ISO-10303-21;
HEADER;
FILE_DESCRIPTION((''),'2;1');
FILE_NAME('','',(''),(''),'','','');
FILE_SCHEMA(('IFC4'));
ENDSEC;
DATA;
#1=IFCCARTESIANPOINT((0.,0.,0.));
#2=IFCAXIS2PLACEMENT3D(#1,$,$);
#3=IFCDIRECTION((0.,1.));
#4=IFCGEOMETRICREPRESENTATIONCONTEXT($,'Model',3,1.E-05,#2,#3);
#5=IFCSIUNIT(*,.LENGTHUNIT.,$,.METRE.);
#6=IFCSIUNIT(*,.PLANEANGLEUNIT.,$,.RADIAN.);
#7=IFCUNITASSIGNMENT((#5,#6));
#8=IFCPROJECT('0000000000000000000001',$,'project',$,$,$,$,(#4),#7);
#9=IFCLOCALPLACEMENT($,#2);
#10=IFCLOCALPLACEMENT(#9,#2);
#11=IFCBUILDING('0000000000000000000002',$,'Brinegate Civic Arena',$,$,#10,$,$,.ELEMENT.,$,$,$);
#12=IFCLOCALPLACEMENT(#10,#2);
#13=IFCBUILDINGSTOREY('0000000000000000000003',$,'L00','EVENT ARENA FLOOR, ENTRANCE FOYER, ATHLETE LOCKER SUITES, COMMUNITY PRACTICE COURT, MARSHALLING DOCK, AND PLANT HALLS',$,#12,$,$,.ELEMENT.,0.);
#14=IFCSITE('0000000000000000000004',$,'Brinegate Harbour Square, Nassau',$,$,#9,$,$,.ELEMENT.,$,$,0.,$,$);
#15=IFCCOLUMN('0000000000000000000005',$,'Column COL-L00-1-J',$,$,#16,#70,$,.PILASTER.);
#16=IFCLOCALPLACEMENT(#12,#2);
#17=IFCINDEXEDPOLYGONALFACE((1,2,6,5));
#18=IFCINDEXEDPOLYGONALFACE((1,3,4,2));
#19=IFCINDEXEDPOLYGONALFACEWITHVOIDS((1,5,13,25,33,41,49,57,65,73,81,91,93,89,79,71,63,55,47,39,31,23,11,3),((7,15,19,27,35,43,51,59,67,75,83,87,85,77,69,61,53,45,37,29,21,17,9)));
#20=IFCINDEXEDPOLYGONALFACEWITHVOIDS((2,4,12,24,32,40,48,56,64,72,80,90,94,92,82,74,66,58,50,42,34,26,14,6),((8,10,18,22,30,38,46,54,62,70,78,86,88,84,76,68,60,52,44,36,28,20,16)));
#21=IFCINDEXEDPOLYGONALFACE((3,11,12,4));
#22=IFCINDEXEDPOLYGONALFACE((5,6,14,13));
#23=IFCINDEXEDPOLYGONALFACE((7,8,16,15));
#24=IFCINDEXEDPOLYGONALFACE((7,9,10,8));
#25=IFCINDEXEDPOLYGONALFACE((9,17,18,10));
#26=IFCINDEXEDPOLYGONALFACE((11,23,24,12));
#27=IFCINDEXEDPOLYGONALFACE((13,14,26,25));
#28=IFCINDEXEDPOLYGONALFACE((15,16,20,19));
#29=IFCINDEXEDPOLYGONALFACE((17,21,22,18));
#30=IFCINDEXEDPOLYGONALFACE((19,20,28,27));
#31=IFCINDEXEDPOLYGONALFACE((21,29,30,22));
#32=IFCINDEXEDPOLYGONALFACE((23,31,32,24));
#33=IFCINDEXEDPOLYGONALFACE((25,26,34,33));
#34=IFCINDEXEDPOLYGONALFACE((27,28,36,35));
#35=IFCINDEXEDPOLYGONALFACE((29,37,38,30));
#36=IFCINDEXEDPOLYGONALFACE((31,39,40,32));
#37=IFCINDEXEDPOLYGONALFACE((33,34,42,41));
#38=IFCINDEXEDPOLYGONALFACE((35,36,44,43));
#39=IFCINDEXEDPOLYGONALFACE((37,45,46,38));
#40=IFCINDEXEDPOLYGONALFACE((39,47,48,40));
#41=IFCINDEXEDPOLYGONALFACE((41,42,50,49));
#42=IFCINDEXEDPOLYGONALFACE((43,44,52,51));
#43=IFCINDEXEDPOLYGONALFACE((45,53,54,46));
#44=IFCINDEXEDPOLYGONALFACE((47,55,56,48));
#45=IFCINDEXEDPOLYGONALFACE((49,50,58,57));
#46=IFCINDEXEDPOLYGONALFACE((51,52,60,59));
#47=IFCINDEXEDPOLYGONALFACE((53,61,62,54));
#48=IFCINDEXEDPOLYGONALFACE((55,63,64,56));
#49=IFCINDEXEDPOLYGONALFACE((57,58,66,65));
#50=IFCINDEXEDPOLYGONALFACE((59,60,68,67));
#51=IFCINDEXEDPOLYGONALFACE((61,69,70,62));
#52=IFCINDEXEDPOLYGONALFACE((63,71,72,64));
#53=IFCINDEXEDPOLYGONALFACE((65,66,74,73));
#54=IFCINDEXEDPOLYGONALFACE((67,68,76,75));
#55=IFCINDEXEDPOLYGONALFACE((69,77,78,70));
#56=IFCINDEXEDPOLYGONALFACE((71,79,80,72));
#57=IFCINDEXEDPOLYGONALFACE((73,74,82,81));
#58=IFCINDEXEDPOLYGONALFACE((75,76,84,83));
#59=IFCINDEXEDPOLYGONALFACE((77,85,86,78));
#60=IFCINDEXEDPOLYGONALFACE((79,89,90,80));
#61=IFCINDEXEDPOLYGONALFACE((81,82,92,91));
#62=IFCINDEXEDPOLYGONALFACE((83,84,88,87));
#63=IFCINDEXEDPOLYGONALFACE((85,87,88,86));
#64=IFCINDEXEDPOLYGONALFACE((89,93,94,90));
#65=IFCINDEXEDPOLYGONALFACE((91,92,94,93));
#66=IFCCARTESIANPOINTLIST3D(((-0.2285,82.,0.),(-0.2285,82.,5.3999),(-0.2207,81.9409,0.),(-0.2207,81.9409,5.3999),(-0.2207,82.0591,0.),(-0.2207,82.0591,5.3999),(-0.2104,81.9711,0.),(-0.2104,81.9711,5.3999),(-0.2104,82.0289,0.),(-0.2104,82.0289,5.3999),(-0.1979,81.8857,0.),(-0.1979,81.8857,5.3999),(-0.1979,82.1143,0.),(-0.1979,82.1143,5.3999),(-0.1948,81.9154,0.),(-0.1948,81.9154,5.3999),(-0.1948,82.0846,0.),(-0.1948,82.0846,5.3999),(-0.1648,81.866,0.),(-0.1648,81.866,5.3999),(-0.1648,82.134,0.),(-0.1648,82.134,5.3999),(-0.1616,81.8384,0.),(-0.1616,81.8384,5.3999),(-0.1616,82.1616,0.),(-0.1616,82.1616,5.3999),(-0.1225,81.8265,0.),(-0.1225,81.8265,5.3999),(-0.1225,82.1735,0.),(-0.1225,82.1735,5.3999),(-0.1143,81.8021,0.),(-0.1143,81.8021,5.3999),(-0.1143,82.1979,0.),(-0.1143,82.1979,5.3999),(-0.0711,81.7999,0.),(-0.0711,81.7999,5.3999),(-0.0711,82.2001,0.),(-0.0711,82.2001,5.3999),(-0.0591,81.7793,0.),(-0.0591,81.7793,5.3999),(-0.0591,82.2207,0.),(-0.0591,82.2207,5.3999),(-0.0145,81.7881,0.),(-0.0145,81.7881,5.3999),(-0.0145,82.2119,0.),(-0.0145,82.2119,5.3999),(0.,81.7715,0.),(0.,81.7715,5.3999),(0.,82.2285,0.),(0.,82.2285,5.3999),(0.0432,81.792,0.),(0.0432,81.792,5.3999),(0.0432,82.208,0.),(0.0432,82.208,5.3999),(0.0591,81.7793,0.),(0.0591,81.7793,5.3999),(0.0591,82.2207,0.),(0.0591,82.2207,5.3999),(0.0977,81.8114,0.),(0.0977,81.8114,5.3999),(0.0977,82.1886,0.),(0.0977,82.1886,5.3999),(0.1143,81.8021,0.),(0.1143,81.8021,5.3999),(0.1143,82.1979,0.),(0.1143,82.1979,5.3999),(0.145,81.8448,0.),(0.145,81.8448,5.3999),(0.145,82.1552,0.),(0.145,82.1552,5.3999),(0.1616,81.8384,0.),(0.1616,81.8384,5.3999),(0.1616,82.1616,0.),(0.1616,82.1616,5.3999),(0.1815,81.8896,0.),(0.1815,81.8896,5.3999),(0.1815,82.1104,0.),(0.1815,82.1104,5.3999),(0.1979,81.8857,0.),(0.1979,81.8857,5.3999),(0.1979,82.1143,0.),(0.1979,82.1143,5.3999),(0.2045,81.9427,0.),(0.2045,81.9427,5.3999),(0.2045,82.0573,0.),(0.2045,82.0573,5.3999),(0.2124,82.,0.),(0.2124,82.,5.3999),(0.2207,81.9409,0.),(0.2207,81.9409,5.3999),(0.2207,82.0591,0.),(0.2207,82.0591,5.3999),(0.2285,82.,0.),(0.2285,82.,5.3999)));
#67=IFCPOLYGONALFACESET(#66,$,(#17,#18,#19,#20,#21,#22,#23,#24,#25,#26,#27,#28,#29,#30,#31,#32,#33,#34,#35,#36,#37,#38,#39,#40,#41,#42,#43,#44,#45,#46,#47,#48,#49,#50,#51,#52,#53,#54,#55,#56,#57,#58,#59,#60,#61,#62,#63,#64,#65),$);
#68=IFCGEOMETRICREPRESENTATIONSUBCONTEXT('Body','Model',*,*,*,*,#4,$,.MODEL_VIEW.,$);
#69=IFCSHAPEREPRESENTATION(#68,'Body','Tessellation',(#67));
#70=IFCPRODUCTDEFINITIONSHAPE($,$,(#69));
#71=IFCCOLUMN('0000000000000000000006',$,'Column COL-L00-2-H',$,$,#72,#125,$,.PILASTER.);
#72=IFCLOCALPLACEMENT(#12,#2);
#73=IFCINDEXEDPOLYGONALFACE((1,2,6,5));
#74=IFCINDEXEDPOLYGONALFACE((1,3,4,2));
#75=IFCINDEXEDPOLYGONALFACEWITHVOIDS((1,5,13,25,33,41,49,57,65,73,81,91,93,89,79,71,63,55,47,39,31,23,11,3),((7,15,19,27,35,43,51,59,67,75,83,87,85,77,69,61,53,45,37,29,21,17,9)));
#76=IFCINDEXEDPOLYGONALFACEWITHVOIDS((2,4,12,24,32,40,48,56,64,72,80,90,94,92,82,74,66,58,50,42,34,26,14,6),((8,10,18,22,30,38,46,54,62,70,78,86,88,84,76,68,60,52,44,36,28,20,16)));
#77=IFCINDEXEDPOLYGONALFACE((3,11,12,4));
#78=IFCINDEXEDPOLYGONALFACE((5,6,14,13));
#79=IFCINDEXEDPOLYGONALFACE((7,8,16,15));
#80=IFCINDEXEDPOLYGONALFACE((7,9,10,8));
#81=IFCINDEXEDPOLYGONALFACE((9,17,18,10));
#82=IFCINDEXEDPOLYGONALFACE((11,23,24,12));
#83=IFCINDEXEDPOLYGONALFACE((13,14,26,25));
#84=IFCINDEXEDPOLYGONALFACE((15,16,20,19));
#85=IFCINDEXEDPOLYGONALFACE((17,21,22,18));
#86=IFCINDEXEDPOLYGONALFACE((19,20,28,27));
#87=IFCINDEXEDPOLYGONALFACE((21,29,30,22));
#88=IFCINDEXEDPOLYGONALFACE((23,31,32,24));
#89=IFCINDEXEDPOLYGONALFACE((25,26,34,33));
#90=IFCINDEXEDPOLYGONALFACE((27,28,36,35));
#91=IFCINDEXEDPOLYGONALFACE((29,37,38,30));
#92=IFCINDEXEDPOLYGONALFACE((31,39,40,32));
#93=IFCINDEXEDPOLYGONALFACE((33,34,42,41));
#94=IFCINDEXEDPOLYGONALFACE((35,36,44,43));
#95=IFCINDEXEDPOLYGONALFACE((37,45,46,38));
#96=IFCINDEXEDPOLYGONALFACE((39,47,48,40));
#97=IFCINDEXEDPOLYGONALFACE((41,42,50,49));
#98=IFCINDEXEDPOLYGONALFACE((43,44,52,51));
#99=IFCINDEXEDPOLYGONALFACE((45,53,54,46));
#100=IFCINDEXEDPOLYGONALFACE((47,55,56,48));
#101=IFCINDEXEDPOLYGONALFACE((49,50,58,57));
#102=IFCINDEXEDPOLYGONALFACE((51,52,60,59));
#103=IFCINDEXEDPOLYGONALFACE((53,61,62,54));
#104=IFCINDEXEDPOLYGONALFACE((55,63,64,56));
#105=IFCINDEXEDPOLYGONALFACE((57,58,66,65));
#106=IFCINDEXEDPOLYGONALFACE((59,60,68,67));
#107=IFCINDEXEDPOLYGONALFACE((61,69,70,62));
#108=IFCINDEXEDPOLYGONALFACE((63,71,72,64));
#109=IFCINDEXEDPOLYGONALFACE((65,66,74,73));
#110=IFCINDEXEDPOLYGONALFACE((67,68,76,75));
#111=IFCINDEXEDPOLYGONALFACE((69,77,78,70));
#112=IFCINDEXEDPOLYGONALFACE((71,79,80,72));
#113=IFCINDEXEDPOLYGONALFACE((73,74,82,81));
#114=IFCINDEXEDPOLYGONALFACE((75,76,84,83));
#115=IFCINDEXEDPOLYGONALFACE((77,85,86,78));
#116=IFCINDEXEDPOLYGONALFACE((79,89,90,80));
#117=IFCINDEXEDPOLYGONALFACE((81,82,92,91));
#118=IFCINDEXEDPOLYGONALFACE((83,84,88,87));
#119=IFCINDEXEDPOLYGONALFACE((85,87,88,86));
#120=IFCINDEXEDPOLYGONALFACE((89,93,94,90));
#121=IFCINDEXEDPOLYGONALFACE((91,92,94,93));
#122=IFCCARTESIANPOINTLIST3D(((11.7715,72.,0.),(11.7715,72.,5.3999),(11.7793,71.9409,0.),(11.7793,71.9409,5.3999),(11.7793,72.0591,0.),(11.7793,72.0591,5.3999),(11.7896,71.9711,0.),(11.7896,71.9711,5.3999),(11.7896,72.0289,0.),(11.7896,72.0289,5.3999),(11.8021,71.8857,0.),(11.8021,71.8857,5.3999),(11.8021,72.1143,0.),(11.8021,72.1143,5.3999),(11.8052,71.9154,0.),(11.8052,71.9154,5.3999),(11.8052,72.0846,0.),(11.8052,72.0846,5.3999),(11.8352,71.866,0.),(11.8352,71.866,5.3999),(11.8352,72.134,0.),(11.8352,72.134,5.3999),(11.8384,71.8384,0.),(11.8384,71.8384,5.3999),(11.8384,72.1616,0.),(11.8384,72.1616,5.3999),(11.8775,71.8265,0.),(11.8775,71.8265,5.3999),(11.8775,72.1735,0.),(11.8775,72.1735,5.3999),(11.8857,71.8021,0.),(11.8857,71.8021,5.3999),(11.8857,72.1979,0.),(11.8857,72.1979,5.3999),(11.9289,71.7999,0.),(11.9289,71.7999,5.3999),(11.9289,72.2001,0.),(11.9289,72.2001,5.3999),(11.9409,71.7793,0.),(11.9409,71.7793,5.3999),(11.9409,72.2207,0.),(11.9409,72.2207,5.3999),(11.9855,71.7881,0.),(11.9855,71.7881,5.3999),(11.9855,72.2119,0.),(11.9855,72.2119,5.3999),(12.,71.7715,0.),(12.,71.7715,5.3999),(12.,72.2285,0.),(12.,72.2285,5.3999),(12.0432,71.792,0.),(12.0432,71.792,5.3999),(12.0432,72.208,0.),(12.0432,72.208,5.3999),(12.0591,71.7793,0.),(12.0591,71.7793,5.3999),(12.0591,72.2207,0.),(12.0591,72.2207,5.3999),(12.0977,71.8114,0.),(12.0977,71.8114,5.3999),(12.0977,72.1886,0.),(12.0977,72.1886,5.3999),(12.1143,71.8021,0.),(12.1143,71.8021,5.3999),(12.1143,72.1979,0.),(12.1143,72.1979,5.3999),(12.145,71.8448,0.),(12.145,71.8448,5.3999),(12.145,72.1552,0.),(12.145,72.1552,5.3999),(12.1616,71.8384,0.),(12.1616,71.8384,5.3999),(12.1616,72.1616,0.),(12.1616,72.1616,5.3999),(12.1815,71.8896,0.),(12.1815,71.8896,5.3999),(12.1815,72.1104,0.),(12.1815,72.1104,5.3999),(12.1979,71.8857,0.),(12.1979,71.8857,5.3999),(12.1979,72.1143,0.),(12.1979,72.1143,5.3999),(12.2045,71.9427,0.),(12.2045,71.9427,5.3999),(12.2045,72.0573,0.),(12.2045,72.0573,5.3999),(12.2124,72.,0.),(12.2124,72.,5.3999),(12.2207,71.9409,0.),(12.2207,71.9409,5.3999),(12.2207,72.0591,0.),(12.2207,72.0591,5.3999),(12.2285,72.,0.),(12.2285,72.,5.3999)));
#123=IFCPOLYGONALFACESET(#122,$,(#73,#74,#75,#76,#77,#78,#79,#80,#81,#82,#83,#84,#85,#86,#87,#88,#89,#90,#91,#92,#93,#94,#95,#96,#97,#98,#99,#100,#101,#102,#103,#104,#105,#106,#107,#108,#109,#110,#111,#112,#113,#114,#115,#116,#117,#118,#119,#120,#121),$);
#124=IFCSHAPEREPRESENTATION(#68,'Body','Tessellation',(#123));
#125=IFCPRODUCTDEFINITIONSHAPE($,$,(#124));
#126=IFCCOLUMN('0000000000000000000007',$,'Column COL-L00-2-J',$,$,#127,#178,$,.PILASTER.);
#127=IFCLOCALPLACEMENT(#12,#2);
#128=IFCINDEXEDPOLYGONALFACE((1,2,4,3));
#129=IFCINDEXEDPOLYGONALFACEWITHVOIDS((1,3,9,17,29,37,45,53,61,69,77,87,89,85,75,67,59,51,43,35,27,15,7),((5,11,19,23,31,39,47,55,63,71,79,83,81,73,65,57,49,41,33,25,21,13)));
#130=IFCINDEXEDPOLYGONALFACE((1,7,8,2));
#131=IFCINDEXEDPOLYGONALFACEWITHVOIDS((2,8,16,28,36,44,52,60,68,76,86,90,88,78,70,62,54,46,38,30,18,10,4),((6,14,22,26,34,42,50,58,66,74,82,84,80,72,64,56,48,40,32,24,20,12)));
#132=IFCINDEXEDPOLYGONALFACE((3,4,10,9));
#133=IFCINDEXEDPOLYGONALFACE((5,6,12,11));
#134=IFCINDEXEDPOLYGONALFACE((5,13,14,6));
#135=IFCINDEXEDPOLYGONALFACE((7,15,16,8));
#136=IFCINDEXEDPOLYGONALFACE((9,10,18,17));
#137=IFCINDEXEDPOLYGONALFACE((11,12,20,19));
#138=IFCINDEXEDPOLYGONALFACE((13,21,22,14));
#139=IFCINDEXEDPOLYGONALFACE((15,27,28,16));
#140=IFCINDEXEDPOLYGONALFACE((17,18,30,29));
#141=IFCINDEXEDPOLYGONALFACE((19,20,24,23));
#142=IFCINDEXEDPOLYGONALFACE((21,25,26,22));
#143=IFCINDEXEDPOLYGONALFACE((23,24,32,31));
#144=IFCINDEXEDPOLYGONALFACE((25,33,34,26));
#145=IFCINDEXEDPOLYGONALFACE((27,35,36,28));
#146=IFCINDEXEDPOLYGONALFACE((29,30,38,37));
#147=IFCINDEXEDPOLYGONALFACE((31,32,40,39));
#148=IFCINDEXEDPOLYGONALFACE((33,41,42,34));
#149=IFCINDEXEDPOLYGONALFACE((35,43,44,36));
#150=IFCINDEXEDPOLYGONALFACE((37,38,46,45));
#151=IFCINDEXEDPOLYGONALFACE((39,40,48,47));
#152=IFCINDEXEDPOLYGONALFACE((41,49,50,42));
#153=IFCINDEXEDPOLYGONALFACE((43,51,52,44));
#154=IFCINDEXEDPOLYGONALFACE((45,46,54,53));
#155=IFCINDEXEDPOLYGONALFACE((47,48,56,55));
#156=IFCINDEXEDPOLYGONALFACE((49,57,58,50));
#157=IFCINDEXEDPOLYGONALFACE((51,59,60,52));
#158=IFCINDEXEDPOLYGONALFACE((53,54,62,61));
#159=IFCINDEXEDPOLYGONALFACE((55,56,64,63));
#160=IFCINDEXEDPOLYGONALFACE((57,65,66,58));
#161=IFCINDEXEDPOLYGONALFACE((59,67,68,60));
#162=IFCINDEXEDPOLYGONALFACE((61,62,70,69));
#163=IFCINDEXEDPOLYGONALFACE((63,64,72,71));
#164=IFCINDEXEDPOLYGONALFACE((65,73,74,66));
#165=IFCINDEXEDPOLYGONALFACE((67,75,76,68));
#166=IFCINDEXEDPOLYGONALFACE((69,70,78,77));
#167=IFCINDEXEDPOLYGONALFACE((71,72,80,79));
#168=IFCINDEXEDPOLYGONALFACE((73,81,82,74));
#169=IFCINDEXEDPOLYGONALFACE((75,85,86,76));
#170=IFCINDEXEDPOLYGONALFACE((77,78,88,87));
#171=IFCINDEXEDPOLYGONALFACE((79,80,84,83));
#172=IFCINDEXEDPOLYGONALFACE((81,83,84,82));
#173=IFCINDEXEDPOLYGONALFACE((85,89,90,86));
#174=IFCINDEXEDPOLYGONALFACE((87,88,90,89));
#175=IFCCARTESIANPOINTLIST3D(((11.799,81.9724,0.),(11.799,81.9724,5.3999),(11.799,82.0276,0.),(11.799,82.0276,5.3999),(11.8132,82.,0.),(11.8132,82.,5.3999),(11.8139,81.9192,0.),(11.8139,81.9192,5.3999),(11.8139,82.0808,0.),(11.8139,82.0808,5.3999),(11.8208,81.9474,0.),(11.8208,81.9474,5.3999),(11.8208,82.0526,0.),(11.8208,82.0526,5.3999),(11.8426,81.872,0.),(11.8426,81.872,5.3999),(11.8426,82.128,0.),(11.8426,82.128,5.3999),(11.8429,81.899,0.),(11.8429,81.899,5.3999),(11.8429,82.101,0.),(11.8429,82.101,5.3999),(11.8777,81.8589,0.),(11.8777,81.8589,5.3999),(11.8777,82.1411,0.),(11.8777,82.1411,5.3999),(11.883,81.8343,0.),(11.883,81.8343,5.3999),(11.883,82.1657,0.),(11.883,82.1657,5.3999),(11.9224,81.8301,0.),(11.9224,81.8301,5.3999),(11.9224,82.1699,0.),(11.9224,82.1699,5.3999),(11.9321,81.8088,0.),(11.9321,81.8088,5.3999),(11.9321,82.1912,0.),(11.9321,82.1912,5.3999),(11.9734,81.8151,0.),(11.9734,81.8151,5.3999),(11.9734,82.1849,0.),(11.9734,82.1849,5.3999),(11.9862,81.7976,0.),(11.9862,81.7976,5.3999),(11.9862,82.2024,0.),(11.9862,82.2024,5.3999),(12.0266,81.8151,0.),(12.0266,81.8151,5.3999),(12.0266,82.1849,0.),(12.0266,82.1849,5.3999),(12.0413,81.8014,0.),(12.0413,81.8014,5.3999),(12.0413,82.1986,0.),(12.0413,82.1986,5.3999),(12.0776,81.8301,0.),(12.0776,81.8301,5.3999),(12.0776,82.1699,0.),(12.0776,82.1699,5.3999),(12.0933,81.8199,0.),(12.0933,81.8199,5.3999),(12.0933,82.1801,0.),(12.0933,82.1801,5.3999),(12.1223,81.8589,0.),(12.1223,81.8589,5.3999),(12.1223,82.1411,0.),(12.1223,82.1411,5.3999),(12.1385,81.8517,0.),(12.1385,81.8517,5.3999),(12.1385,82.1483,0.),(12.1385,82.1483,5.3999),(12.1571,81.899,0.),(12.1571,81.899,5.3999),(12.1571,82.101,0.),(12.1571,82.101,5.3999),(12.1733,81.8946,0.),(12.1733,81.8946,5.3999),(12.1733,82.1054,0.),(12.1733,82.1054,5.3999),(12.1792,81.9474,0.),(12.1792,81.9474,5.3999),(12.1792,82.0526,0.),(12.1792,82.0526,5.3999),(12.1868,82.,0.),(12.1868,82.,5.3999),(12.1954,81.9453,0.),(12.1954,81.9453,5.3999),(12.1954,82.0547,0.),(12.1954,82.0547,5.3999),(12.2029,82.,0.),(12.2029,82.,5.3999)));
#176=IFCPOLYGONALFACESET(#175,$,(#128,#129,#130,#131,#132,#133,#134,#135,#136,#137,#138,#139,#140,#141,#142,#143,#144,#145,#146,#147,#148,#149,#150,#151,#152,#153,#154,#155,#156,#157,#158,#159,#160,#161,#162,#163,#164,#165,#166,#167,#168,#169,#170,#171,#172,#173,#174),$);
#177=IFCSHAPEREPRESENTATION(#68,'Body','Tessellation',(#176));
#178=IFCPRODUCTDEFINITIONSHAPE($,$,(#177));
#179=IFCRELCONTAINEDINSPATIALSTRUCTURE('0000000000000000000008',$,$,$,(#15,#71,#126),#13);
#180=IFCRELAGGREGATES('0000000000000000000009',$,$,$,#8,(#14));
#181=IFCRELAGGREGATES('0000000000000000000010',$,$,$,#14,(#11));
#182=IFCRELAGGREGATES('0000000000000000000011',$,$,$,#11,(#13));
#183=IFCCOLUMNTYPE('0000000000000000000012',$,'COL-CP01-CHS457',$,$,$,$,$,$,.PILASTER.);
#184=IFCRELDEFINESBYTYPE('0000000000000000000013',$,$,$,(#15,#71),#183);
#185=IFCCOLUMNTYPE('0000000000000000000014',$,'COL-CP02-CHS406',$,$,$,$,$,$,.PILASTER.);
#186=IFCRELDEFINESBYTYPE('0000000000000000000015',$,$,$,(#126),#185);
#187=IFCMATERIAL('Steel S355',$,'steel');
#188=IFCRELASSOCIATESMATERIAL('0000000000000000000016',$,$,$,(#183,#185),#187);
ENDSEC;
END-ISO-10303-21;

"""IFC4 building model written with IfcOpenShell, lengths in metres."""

from ifc_helpers import new_model, si_unit, direction, frame, origin, origin_2d, place, context, subcontext, project, spatial, hollow_circle, extrude, material, material_profile, profile_set, type_object, element, save


model = new_model("IFC4")

# Units and contexts
model_context = context("Model", 3, precision=1e-05, world=origin(), true_north=direction((0.0, 1.0)))
body_context = subcontext(model_context, "Body", "Model", "MODEL_VIEW")
ifc_project = project(units=[si_unit("LENGTHUNIT", "METRE"), si_unit("PLANEANGLEUNIT", "RADIAN")], contexts=[model_context])

# Site, building, storey
site_placement = place(None, origin())
site = spatial("IfcSite", under=ifc_project, at=site_placement, Name="Brinegate Harbour Square, Nassau", CompositionType="ELEMENT", RefElevation=0.0)
building_placement = place(site_placement, origin())
building = spatial("IfcBuilding", under=site, at=building_placement, Name="Brinegate Civic Arena", CompositionType="ELEMENT")
storey_placement = place(building_placement, origin())
storey = spatial("IfcBuildingStorey", under=building, at=storey_placement, Name="L00", Description="EVENT ARENA FLOOR, ENTRANCE FOYER, ATHLETE LOCKER SUITES, COMMUNITY PRACTICE COURT, MARSHALLING DOCK, AND PLANT HALLS", CompositionType="ELEMENT", Elevation=0.0)

# Columns
ifc_material_1 = material(Name="Steel S355", Category="steel")
ifc_material_profile_1 = material_profile(ifc_material_1, hollow_circle(Radius=0.2285, WallThickness=0.0161, at=origin_2d()), Name="CHS457X16")
ifc_profile_set_1 = profile_set([ifc_material_profile_1], Name="Steel S355")
column_type_1 = type_object("IfcColumnType", Name="COL-CP01-CHS457", PredefinedType="PILASTER", material=ifc_profile_set_1)
for number, where, z_axis, x_axis, name in (
    (1, (0.0, 82.0, 0.0), (0.0, 0.0, 1.0), (1.0, 0.0, 0.0), "Column COL-L00-1-J"),
    (2, (12.0, 72.0, 0.0), (0.0, 0.0, 1.0), (1.0, 0.0, 0.0), "Column COL-L00-2-H"),
):
    element("IfcColumn", number, at=place(storey_placement, frame(where, z_axis=z_axis, x_axis=x_axis)), inside=storey, type_object=column_type_1, Name=name, PredefinedType="PILASTER", context=body_context, shape_type="SweptSolid", body=[
        extrude(hollow_circle(Radius=0.2285, WallThickness=0.0161, at=origin_2d()), origin(), (0.0, 0.0, 1.0), 5.3999),
    ])
ifc_material_profile_2 = material_profile(ifc_material_1, hollow_circle(Radius=0.2029, WallThickness=0.0161, at=origin_2d()), Name="CHS406X16")
ifc_profile_set_2 = profile_set([ifc_material_profile_2], Name="Steel S355")
column_type_2 = type_object("IfcColumnType", Name="COL-CP02-CHS406", PredefinedType="PILASTER", material=ifc_profile_set_2)
column_1_placement = place(storey_placement, frame((12.0, 82.0, 0.0), z_axis=(0.0, 0.0, 1.0), x_axis=(1.0, 0.0, 0.0)))
element("IfcColumn", 3, at=column_1_placement, inside=storey, type_object=column_type_2, Name="Column COL-L00-2-J", PredefinedType="PILASTER", context=body_context, shape_type="SweptSolid", body=[
    extrude(hollow_circle(Radius=0.2029, WallThickness=0.0161, at=origin_2d()), origin(), (0.0, 0.0, 1.0), 5.3999),
])

save(model, "model.ifc")
